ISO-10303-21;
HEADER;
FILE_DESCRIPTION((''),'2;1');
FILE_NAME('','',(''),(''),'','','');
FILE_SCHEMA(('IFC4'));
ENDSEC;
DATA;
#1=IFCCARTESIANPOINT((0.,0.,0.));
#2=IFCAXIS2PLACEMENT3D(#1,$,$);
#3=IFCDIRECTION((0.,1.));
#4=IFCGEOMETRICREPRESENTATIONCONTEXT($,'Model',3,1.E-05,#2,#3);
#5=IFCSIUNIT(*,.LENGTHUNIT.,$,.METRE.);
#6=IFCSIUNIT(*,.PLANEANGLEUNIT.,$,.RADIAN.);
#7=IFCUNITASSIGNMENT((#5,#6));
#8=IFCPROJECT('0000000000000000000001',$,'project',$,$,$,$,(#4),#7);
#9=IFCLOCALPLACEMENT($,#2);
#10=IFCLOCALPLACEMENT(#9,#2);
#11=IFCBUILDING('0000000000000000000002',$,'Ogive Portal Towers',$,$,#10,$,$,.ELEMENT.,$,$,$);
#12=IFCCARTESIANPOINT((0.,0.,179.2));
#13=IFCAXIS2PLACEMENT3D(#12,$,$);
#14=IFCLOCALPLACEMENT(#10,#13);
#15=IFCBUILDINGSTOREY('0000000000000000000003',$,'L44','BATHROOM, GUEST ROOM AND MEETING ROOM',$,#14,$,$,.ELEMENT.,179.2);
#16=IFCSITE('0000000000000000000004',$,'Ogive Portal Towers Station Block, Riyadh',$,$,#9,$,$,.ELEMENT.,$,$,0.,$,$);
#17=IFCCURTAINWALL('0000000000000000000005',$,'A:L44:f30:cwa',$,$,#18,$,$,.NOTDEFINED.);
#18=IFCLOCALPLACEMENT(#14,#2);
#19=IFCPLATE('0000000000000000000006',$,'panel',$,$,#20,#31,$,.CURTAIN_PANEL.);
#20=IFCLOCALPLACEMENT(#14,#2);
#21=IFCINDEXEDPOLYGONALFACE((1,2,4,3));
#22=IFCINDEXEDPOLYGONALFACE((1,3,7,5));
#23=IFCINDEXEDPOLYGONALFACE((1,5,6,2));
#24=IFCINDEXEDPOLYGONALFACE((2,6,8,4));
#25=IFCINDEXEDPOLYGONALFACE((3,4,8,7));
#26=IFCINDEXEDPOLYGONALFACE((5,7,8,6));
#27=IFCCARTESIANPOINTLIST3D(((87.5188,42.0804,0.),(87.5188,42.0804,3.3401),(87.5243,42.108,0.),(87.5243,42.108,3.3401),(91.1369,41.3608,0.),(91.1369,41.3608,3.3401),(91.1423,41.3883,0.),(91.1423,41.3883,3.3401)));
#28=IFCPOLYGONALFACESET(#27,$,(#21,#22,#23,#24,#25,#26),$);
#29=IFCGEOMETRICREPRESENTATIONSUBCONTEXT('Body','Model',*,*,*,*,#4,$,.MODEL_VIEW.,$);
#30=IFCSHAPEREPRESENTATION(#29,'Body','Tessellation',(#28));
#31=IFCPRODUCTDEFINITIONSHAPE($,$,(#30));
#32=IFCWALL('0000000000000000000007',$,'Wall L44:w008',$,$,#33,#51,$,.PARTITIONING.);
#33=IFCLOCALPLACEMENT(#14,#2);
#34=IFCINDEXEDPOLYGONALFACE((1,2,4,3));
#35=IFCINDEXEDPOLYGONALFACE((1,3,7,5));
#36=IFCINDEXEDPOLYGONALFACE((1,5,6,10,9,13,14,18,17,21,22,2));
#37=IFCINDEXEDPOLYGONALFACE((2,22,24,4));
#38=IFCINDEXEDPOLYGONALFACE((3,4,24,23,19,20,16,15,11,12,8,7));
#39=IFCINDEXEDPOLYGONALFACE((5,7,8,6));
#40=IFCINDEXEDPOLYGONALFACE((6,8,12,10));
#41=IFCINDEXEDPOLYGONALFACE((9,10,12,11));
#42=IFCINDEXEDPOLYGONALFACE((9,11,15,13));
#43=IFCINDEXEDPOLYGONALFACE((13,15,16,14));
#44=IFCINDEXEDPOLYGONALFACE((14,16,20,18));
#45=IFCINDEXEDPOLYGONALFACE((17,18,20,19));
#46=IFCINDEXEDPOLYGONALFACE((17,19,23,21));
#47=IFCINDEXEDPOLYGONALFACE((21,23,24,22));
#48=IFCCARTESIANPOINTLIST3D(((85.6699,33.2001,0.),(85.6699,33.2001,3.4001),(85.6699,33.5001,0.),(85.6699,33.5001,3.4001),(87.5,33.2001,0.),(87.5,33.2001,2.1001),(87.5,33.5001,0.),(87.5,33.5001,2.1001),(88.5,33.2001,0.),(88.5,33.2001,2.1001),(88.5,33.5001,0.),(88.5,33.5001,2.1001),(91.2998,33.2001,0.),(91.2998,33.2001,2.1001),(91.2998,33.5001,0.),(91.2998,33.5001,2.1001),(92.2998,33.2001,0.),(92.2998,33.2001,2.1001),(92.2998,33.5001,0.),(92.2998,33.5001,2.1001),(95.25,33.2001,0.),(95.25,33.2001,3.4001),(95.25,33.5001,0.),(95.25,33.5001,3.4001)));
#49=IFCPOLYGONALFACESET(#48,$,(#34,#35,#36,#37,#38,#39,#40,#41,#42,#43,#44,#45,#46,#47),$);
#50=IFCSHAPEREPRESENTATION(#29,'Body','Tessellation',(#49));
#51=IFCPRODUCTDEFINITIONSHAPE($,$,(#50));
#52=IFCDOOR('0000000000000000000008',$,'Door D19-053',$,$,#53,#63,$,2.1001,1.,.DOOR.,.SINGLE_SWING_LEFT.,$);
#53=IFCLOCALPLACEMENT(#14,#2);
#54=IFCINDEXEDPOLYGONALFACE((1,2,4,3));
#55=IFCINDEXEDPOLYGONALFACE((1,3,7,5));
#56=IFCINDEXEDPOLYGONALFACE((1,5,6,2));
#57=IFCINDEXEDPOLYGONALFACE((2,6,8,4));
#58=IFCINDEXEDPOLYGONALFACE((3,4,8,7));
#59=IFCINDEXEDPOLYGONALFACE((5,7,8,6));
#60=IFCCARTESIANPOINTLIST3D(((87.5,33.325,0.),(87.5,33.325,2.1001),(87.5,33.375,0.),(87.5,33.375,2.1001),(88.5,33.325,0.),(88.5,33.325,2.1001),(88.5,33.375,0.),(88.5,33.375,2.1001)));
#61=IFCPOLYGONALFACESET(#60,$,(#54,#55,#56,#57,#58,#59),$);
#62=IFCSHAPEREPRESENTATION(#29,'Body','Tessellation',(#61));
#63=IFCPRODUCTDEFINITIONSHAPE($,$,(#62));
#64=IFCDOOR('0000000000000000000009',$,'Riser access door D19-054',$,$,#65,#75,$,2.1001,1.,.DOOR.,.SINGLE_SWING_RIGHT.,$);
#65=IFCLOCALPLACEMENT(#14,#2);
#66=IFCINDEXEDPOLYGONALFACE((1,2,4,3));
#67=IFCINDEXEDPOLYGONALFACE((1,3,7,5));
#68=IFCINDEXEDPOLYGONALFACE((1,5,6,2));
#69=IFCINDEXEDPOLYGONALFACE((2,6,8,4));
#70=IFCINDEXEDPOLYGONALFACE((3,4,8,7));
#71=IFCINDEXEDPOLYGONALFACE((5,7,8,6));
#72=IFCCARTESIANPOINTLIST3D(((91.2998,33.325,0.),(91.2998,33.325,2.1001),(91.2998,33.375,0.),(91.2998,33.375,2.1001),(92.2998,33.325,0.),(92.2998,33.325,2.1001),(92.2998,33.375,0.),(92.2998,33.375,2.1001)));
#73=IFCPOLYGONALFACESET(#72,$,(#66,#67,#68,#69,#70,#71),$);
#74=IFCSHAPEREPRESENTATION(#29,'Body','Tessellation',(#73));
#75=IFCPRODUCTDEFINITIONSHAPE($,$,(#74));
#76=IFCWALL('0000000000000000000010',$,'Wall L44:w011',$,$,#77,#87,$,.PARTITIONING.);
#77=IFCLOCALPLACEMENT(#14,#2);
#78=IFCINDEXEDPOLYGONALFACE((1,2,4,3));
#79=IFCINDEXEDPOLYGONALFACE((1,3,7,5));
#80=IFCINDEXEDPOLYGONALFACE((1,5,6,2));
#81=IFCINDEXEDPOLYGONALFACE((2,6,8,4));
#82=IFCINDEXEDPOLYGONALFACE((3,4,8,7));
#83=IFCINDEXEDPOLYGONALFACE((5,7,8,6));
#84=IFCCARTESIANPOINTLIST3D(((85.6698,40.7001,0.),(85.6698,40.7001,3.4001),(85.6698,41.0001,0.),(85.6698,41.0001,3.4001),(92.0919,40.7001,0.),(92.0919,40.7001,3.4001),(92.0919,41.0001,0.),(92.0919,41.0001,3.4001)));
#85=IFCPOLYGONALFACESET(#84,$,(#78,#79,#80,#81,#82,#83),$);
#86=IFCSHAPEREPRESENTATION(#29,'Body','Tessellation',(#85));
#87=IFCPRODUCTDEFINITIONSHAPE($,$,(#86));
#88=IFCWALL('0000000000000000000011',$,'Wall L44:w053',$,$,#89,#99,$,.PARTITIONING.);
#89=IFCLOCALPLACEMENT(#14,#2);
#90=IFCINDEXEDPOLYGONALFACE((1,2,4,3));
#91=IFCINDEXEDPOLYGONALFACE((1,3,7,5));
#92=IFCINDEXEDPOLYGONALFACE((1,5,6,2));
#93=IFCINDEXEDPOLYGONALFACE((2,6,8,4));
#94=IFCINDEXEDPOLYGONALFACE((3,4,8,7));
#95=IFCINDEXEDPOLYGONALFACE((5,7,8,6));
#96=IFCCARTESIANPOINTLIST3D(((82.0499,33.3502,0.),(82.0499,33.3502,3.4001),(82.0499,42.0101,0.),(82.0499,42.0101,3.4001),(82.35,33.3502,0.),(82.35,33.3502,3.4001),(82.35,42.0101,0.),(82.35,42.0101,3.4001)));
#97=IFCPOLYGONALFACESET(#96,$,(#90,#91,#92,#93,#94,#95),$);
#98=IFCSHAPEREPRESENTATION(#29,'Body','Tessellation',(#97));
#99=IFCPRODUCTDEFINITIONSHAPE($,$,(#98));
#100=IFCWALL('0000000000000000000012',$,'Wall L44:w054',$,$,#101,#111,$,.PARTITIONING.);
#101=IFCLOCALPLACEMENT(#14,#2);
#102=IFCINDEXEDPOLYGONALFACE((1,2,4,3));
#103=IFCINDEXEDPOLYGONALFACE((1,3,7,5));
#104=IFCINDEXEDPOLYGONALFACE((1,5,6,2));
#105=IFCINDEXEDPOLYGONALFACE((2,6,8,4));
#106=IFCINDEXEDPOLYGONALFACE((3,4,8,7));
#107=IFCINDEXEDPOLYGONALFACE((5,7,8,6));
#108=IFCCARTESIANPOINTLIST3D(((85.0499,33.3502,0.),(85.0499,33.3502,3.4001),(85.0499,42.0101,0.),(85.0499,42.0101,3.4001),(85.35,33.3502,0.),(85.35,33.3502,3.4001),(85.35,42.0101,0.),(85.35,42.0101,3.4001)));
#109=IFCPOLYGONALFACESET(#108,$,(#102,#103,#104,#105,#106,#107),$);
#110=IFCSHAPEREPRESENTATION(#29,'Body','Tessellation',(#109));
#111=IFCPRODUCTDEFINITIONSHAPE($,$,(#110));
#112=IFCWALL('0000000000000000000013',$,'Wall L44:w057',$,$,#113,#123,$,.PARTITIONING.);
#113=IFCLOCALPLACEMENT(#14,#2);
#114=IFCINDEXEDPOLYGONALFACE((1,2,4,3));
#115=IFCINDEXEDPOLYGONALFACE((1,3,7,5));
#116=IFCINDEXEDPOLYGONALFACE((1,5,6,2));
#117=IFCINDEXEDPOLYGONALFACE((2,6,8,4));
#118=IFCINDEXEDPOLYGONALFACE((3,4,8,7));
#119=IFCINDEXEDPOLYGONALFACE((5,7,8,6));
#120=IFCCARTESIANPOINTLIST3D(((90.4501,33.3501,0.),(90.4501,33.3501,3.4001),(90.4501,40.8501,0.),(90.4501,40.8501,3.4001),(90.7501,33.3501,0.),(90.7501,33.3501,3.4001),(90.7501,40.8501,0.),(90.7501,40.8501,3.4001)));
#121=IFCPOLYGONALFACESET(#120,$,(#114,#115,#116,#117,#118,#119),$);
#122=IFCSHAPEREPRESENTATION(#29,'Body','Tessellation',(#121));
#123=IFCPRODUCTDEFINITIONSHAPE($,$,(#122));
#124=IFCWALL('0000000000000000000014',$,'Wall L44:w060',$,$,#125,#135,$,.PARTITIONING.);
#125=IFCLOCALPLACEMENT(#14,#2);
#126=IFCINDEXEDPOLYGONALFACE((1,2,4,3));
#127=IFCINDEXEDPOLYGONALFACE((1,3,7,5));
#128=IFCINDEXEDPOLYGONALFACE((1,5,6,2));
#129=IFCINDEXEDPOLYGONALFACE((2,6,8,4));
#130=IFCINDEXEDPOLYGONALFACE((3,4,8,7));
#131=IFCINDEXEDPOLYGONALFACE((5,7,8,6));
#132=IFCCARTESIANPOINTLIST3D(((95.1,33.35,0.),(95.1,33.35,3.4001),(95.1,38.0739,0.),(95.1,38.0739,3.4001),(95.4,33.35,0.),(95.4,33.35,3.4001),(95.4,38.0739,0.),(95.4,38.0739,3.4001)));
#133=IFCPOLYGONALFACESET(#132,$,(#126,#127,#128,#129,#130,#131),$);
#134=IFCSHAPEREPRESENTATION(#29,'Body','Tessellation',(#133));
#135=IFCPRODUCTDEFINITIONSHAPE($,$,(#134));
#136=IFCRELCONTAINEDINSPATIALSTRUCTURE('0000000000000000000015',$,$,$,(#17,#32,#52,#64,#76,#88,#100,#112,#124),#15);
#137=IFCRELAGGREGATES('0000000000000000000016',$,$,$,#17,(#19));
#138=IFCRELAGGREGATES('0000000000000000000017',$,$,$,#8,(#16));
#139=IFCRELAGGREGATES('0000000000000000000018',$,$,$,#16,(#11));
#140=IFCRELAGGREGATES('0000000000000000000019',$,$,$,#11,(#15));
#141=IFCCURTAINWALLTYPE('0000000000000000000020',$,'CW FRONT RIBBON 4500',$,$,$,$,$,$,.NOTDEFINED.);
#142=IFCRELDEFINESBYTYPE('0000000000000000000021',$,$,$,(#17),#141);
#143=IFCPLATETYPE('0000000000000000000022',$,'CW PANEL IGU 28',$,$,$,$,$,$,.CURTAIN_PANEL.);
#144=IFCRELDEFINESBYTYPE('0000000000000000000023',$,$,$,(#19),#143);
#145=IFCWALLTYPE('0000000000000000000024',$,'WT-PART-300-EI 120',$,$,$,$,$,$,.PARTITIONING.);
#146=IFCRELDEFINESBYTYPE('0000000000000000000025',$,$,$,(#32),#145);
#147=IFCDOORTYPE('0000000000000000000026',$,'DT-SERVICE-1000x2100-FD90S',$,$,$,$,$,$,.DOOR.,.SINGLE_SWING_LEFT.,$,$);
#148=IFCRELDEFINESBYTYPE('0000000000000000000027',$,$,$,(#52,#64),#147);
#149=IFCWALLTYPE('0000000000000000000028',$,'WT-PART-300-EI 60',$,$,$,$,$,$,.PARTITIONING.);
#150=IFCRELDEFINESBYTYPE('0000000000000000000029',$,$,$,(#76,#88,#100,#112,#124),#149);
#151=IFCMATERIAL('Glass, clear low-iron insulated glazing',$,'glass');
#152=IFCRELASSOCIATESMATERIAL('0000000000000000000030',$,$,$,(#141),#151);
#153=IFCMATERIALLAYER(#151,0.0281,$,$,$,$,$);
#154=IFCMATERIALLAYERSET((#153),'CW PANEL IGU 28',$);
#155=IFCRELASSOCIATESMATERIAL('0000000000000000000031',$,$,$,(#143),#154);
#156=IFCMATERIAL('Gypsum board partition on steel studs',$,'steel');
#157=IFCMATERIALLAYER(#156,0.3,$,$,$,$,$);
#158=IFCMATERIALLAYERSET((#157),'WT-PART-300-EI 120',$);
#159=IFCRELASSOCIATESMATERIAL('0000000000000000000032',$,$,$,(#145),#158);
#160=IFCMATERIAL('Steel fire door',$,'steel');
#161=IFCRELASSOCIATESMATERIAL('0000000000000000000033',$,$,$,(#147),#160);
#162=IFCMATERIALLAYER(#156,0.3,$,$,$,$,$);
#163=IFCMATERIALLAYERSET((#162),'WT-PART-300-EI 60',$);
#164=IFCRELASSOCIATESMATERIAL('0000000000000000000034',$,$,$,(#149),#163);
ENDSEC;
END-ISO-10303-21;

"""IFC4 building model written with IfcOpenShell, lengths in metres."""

from ifc_helpers import new_model, si_unit, direction, frame, frame_2d, origin, origin_2d, place, context, subcontext, project, spatial, rectangle, extrude, material, layer, layer_set, type_object, element, fill, aggregate, save


model = new_model("IFC4")

# Units and contexts
model_context = context("Model", 3, precision=1e-05, world=origin(), true_north=direction((0.0, 1.0)))
body_context = subcontext(model_context, "Body", "Model", "MODEL_VIEW")
ifc_project = project(units=[si_unit("LENGTHUNIT", "METRE"), si_unit("PLANEANGLEUNIT", "RADIAN")], contexts=[model_context])

# Site, building, storey
site_placement = place(None, origin())
site = spatial("IfcSite", under=ifc_project, at=site_placement, Name="Ogive Portal Towers Station Block, Riyadh", CompositionType="ELEMENT", RefElevation=0.0)
building_placement = place(site_placement, origin())
building = spatial("IfcBuilding", under=site, at=building_placement, Name="Ogive Portal Towers", CompositionType="ELEMENT")
storey_placement = place(building_placement, frame((0.0, 0.0, 179.2)))
storey = spatial("IfcBuildingStorey", under=building, at=storey_placement, Name="L44", Description="BATHROOM, GUEST ROOM AND MEETING ROOM", CompositionType="ELEMENT", Elevation=179.2)

# Curtain wall
ifc_material_1 = material(Name="Glass, clear low-iron insulated glazing", Category="glass")
curtain_wall_type = type_object("IfcCurtainWallType", Name="CW FRONT RIBBON 4500", PredefinedType="NOTDEFINED", material=ifc_material_1)
curtain_wall_1_placement = place(storey_placement, origin())
curtain_wall_1 = element("IfcCurtainWall", 1, at=curtain_wall_1_placement, inside=storey, type_object=curtain_wall_type, Name="A:L44:f30:cwa", PredefinedType="NOTDEFINED")

# Plate
ifc_layer_1 = layer(ifc_material_1, 0.0281)
ifc_layer_set_1 = layer_set([ifc_layer_1], Name="CW PANEL IGU 28")
plate_type = type_object("IfcPlateType", Name="CW PANEL IGU 28", PredefinedType="CURTAIN_PANEL", material=ifc_layer_set_1)
plate_1_placement = place(storey_placement, frame((89.3306, 41.7344, 0.0), z_axis=(0.0, 0.0, 1.0), x_axis=(-0.980785, 0.19509, 0.0)))
plate_1 = element("IfcPlate", 2, at=plate_1_placement, type_object=plate_type, Name="panel", PredefinedType="CURTAIN_PANEL", context=body_context, shape_type="SweptSolid", body=[
    extrude(rectangle(XDim=3.689, YDim=0.0281, at=origin_2d()), origin(), (0.0, 0.0, 1.0), 3.3401),
])
aggregate(curtain_wall_1, [plate_1])

# Wall, openings, doors
ifc_material_2 = material(Name="Gypsum board partition on steel studs", Category="steel")
ifc_layer_2 = layer(ifc_material_2, 0.3)
ifc_layer_set_2 = layer_set([ifc_layer_2], Name="WT-PART-300-EI 120")
wall_type_1 = type_object("IfcWallType", Name="WT-PART-300-EI 120", PredefinedType="PARTITIONING", material=ifc_layer_set_2)
wall_1_placement = place(storey_placement, frame((85.6699, 33.3501, 0.0), z_axis=(0.0, 0.0, 1.0), x_axis=(1.0, 0.0, 0.0)))
wall_1 = element("IfcWall", 3, at=wall_1_placement, inside=storey, type_object=wall_type_1, Name="Wall L44:w008", PredefinedType="PARTITIONING", context=body_context, shape_type="SweptSolid", body=[
    extrude(rectangle(XDim=9.5801, YDim=0.3, at=frame_2d((4.79, 0.0))), origin(), (0.0, 0.0, 1.0), 3.4001),
])
opening_1_placement = place(wall_1_placement, frame((1.8301, 0.0, 0.0)))
opening_1 = element("IfcOpeningElement", 4, at=opening_1_placement, cuts=wall_1, PredefinedType="OPENING", context=body_context, shape_type="SweptSolid", body=[
    extrude(rectangle(XDim=1.0, YDim=2.1001, at=frame_2d((0.5, 1.05))), frame((0.0, 0.1602, 0.0), z_axis=(0.0, -1.0, 0.0), x_axis=(1.0, 0.0, 0.0)), (0.0, 0.0, 1.0), 0.3201),
])
opening_2_placement = place(wall_1_placement, frame((5.6299, 0.0, 0.0)))
opening_2 = element("IfcOpeningElement", 5, at=opening_2_placement, cuts=wall_1, PredefinedType="OPENING", context=body_context, shape_type="SweptSolid", body=[
    extrude(rectangle(XDim=1.0, YDim=2.1001, at=frame_2d((0.5, 1.05))), frame((0.0, 0.1602, 0.0), z_axis=(0.0, -1.0, 0.0), x_axis=(1.0, 0.0, 0.0)), (0.0, 0.0, 1.0), 0.3201),
])
ifc_material_3 = material(Name="Steel fire door", Category="steel")
door_type = type_object("IfcDoorType", Name="DT-SERVICE-1000x2100-FD90S", OperationType="SINGLE_SWING_LEFT", PredefinedType="DOOR", material=ifc_material_3)
door_1_placement = place(opening_1_placement, origin())
door_1 = element("IfcDoor", 6, at=door_1_placement, inside=storey, type_object=door_type, Name="Door D19-053", OperationType="SINGLE_SWING_LEFT", OverallHeight=2.1001, OverallWidth=1.0, PredefinedType="DOOR", context=body_context, shape_type="SweptSolid", body=[
    extrude(rectangle(XDim=1.0, YDim=2.1001, at=frame_2d((0.5, 1.05))), frame((0.0, 0.0249, 0.0), z_axis=(0.0, -1.0, 0.0), x_axis=(1.0, 0.0, 0.0)), (0.0, 0.0, 1.0), 0.05),
])
fill(opening_1, door_1)
door_2_placement = place(opening_2_placement, origin())
door_2 = element("IfcDoor", 7, at=door_2_placement, inside=storey, type_object=door_type, Name="Riser access door D19-054", OperationType="SINGLE_SWING_RIGHT", OverallHeight=2.1001, OverallWidth=1.0, PredefinedType="DOOR", context=body_context, shape_type="SweptSolid", body=[
    extrude(rectangle(XDim=1.0, YDim=2.1001, at=frame_2d((0.5, 1.05))), frame((0.0, 0.0249, 0.0), z_axis=(0.0, -1.0, 0.0), x_axis=(1.0, 0.0, 0.0)), (0.0, 0.0, 1.0), 0.05),
])
fill(opening_2, door_2)

# Walls
ifc_layer_3 = layer(ifc_material_2, 0.3)
ifc_layer_set_3 = layer_set([ifc_layer_3], Name="WT-PART-300-EI 60")
wall_type_2 = type_object("IfcWallType", Name="WT-PART-300-EI 60", PredefinedType="PARTITIONING", material=ifc_layer_set_3)
wall_2_placement = place(storey_placement, frame((85.6699, 40.8501, 0.0), z_axis=(0.0, 0.0, 1.0), x_axis=(1.0, 0.0, 0.0)))
element("IfcWall", 8, at=wall_2_placement, inside=storey, type_object=wall_type_2, Name="Wall L44:w011", PredefinedType="PARTITIONING", context=body_context, shape_type="SweptSolid", body=[
    extrude(rectangle(XDim=6.4221, YDim=0.3, at=frame_2d((3.2109, 0.0))), origin(), (0.0, 0.0, 1.0), 3.4001),
])
for number, where, z_axis, x_axis, name in (
    (9, (82.2, 33.3501, 0.0), (0.0, 0.0, 1.0), (0.0, 1.0, 0.0), "Wall L44:w053"),
    (10, (85.2, 33.3501, 0.0), (0.0, 0.0, 1.0), (0.0, 1.0, 0.0), "Wall L44:w054"),
):
    element("IfcWall", number, at=place(storey_placement, frame(where, z_axis=z_axis, x_axis=x_axis)), inside=storey, type_object=wall_type_2, Name=name, PredefinedType="PARTITIONING", context=body_context, shape_type="SweptSolid", body=[
        extrude(rectangle(XDim=8.6599, YDim=0.3, at=frame_2d((4.3301, 0.0))), origin(), (0.0, 0.0, 1.0), 3.4001),
    ])
wall_3_placement = place(storey_placement, frame((90.6001, 33.3501, 0.0), z_axis=(0.0, 0.0, 1.0), x_axis=(0.0, 1.0, 0.0)))
element("IfcWall", 11, at=wall_3_placement, inside=storey, type_object=wall_type_2, Name="Wall L44:w057", PredefinedType="PARTITIONING", context=body_context, shape_type="SweptSolid", body=[
    extrude(rectangle(XDim=7.5, YDim=0.3, at=frame_2d((3.75, 0.0))), origin(), (0.0, 0.0, 1.0), 3.4001),
])
wall_4_placement = place(storey_placement, frame((95.25, 33.3501, 0.0), z_axis=(0.0, 0.0, 1.0), x_axis=(0.0, 1.0, 0.0)))
element("IfcWall", 12, at=wall_4_placement, inside=storey, type_object=wall_type_2, Name="Wall L44:w060", PredefinedType="PARTITIONING", context=body_context, shape_type="SweptSolid", body=[
    extrude(rectangle(XDim=4.7239, YDim=0.3, at=frame_2d((2.3618, 0.0))), origin(), (0.0, 0.0, 1.0), 3.4001),
])

save(model, "model.ifc")
